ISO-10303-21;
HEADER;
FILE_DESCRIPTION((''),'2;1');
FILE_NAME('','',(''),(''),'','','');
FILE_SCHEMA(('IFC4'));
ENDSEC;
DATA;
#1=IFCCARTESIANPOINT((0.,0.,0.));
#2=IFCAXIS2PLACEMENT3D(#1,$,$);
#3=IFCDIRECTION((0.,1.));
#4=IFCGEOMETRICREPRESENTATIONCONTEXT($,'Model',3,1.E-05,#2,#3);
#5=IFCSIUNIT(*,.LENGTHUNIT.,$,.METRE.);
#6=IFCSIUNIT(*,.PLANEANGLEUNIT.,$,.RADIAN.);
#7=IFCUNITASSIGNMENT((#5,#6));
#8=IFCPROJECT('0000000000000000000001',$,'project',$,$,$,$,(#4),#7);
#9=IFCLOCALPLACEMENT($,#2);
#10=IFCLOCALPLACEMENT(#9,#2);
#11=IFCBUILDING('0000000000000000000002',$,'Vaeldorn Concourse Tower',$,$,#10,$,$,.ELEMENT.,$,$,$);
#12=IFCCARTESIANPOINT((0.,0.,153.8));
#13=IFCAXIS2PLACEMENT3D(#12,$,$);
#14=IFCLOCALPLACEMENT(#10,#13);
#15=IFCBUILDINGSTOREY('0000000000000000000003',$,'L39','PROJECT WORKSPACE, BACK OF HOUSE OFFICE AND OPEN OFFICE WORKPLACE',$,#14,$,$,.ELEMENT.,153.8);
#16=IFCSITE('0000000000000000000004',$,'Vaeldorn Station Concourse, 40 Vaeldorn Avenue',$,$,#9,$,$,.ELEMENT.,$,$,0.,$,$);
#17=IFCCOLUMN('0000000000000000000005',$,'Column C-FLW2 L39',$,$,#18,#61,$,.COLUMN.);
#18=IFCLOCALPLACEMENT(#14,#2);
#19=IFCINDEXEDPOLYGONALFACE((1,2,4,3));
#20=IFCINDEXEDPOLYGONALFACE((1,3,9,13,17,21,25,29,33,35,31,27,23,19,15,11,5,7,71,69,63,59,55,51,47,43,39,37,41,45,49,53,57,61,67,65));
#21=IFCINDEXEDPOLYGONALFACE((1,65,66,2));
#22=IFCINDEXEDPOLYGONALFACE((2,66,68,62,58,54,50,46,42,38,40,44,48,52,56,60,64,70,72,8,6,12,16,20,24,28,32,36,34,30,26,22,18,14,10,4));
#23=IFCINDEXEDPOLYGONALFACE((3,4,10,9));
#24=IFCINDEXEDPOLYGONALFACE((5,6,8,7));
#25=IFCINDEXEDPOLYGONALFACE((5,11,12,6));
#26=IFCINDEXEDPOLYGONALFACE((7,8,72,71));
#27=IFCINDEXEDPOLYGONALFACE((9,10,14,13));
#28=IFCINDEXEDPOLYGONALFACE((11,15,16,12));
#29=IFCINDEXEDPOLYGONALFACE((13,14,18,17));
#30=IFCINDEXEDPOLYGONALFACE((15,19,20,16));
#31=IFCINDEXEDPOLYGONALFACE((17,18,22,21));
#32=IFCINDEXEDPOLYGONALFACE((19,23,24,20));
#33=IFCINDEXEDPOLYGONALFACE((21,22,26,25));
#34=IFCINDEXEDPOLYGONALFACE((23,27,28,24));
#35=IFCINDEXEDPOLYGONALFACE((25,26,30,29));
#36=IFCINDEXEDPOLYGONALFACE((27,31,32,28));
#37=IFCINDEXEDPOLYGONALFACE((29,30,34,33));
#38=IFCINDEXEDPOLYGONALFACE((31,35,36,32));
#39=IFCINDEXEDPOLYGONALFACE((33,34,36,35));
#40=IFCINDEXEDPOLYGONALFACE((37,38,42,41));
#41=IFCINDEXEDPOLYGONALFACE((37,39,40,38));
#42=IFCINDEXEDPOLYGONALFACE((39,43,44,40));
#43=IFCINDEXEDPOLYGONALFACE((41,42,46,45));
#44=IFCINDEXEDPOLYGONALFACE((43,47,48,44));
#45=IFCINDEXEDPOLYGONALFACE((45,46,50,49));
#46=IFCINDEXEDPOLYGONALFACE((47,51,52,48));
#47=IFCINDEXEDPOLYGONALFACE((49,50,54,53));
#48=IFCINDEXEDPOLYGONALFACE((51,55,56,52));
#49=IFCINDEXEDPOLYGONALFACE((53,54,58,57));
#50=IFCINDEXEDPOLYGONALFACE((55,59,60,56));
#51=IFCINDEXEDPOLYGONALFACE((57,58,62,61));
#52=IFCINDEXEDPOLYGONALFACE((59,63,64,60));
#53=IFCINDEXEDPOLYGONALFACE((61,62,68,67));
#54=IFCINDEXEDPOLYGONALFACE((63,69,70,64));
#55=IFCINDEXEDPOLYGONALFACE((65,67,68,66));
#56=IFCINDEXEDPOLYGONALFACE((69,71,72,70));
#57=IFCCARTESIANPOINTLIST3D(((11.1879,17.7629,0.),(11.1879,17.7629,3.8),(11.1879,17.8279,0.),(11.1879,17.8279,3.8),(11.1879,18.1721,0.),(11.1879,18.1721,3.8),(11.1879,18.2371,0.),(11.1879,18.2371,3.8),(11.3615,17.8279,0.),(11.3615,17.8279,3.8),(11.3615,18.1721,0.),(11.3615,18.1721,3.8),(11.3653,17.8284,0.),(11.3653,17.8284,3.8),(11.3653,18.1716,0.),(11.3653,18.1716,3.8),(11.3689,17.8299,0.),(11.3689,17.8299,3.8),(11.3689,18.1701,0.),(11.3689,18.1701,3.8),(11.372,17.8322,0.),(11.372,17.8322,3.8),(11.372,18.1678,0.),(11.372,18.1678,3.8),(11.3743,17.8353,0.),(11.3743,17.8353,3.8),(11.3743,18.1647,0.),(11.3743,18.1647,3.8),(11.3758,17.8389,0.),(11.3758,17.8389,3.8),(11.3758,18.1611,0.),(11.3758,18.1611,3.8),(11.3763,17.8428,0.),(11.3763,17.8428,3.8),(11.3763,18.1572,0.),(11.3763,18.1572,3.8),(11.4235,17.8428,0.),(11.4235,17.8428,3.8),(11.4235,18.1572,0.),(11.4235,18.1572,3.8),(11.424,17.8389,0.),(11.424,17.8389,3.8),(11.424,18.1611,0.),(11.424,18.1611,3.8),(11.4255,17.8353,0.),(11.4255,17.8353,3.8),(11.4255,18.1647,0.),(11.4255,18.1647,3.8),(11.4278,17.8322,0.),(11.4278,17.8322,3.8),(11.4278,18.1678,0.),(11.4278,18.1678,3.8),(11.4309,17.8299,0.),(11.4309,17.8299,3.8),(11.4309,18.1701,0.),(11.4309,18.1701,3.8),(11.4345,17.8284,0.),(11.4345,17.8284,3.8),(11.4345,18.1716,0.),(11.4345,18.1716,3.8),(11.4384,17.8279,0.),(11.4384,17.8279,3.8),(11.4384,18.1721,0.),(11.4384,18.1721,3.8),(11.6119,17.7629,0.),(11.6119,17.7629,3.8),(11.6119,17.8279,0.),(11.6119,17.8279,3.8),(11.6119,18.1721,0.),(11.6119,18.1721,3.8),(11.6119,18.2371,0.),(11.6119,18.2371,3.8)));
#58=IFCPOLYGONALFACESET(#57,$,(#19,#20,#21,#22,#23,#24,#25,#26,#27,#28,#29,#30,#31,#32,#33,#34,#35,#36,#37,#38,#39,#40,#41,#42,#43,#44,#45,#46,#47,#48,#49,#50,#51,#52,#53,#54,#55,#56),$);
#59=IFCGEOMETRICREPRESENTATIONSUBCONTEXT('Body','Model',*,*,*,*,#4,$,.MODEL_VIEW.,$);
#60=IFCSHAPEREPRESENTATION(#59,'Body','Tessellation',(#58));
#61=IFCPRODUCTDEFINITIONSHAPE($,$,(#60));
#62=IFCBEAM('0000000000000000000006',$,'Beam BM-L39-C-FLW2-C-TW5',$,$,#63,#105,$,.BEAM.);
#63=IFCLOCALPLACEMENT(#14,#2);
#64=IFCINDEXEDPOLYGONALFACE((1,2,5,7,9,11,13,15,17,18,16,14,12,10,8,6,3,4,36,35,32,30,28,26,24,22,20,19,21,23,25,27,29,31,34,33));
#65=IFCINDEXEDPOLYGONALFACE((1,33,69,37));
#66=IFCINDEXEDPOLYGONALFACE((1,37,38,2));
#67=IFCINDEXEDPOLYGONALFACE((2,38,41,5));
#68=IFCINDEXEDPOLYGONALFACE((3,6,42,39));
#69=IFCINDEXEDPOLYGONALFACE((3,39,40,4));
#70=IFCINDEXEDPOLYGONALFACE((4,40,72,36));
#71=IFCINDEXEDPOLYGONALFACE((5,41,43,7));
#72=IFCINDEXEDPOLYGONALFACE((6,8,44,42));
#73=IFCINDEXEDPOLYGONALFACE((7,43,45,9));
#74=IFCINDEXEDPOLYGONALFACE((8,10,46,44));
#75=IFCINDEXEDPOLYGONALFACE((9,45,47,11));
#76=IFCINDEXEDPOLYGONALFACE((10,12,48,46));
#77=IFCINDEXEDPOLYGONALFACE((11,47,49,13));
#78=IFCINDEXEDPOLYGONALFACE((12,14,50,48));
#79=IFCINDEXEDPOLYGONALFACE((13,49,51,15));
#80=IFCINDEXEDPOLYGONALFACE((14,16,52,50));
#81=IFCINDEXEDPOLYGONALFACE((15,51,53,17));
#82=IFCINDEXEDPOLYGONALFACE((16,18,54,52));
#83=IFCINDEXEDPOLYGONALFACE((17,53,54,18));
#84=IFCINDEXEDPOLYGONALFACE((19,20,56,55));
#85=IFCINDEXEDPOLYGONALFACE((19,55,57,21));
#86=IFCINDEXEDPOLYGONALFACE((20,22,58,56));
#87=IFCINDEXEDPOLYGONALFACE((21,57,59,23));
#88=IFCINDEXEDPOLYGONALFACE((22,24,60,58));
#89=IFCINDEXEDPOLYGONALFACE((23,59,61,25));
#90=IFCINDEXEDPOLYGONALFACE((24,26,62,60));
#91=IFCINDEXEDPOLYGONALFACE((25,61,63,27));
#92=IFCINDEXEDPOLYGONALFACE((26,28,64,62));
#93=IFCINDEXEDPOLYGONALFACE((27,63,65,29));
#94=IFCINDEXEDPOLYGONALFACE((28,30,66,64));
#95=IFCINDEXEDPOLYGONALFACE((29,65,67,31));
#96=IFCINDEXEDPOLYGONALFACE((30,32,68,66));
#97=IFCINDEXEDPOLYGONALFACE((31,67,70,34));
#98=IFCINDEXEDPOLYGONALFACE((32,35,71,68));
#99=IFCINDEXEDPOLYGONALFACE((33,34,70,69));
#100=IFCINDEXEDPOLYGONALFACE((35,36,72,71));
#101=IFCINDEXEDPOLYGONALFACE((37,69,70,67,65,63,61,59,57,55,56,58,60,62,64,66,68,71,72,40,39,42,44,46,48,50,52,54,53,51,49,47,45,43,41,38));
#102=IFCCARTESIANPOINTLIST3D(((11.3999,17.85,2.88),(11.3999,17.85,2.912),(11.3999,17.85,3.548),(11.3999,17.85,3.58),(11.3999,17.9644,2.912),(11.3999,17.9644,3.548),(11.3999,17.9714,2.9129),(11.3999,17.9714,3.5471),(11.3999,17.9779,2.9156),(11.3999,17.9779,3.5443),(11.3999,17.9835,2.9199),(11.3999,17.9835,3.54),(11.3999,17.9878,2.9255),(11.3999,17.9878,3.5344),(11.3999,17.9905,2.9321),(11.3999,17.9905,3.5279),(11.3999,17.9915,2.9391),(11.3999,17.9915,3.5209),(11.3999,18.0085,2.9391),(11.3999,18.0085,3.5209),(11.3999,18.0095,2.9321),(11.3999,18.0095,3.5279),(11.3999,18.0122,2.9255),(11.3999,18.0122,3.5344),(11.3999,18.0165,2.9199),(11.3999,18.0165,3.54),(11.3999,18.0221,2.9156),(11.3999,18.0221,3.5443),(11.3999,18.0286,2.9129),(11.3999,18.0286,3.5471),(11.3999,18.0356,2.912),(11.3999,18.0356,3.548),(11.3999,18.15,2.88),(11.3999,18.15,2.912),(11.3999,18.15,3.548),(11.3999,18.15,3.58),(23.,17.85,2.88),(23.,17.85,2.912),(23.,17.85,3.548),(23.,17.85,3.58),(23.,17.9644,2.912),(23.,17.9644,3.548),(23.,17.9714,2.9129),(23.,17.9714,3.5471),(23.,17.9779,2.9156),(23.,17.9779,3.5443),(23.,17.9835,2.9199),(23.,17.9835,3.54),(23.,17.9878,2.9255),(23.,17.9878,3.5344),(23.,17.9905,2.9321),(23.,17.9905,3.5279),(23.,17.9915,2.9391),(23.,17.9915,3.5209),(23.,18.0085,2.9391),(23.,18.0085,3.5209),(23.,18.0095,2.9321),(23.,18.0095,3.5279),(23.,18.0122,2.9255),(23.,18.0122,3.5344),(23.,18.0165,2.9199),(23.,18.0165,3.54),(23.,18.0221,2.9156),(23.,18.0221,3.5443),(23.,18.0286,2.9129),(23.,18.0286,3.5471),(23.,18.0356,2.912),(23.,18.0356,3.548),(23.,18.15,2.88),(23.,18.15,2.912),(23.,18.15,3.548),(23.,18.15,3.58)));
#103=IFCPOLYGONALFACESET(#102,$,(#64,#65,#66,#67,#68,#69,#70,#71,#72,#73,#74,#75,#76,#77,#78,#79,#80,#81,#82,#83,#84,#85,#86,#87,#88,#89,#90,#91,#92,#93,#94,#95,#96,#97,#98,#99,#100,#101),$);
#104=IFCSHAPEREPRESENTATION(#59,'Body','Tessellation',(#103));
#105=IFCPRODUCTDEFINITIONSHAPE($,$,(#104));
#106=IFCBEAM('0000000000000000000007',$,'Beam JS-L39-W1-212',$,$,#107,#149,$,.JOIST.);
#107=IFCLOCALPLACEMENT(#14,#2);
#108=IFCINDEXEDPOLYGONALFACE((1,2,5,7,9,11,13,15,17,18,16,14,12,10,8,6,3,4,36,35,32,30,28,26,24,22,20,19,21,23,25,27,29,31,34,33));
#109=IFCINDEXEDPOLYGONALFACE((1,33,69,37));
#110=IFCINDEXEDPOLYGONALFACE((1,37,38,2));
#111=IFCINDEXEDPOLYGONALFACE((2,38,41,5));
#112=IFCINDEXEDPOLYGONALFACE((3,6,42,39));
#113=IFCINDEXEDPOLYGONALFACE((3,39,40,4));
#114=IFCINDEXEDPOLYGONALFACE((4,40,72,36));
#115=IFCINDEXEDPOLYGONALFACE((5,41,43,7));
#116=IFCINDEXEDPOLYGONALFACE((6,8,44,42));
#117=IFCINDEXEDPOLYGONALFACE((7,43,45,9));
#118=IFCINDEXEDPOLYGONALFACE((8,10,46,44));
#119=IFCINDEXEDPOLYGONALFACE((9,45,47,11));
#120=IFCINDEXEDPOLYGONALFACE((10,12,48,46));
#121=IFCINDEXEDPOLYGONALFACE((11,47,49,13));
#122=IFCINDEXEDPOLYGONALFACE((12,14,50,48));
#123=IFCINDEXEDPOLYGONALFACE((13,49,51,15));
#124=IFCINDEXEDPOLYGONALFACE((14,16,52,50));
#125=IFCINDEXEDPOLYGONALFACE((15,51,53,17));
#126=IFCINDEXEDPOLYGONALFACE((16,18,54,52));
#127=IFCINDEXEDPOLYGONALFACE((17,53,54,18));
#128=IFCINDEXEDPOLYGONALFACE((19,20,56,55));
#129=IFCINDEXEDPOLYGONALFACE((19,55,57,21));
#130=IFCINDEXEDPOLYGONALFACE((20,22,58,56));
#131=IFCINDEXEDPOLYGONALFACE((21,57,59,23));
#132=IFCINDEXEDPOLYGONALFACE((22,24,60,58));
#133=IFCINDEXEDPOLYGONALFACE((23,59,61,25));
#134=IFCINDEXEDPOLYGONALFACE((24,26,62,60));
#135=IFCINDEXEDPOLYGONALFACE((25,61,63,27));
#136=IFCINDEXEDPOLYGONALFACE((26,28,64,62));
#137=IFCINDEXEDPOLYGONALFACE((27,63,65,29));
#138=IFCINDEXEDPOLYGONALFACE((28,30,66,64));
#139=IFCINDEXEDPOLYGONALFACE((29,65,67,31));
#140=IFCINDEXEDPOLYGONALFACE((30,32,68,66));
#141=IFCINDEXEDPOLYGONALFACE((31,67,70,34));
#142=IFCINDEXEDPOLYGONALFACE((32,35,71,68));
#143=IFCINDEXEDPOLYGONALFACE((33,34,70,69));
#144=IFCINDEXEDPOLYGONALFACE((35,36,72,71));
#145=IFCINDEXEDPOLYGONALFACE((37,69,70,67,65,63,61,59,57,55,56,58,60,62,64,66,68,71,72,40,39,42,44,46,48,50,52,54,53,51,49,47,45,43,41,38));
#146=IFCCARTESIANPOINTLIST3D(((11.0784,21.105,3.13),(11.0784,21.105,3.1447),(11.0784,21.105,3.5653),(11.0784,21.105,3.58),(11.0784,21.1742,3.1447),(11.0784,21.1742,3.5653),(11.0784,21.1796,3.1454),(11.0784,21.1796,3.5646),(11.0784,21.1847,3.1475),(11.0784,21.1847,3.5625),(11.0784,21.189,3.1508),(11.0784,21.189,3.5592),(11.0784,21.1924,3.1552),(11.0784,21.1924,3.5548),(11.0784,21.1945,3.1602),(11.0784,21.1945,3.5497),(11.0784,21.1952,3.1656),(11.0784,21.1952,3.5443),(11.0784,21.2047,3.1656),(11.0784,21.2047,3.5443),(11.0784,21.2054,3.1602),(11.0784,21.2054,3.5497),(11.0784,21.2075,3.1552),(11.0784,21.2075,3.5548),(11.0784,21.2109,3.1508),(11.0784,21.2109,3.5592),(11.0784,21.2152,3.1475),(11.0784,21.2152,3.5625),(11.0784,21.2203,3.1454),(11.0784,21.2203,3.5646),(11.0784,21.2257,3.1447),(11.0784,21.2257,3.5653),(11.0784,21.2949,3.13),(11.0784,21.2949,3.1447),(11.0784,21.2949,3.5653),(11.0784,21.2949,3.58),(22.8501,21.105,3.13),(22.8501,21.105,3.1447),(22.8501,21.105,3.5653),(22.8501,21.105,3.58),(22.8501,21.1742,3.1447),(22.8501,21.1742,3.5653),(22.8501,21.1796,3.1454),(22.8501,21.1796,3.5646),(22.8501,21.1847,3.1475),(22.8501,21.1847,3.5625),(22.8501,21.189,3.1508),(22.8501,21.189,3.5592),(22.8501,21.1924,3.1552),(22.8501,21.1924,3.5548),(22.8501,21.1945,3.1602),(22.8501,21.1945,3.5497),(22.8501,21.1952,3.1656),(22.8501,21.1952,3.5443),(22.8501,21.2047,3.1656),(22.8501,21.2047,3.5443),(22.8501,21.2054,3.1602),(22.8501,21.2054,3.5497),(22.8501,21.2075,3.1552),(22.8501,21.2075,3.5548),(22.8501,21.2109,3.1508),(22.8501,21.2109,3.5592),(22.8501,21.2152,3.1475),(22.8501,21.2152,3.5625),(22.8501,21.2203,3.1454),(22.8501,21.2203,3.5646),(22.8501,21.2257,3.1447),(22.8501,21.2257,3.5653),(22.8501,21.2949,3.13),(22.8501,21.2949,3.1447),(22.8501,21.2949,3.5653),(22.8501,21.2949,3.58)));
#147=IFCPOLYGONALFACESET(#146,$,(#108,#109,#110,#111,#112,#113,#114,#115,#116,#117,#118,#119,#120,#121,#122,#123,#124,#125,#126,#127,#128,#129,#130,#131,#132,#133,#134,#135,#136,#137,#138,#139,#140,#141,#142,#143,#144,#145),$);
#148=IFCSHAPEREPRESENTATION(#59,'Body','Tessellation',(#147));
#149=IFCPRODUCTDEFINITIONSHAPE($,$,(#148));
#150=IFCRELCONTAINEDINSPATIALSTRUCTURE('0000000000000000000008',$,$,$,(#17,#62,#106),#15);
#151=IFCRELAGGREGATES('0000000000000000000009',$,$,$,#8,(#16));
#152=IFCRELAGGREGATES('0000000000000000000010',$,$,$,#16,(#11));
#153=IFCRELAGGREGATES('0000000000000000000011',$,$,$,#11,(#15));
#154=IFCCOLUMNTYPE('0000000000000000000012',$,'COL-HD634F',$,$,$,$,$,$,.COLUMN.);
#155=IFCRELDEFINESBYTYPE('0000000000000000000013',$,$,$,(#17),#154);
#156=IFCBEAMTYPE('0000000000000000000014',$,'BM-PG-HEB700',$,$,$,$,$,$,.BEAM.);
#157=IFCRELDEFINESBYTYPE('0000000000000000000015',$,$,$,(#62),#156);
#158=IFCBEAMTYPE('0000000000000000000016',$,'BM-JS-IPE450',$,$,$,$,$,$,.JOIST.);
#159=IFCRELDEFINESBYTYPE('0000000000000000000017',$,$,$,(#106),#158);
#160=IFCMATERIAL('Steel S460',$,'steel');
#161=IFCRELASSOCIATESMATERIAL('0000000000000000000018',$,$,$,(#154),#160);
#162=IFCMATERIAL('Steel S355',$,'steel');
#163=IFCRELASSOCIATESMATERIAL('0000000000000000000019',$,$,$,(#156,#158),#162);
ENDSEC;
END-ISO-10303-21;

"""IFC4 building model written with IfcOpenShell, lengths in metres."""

from ifc_helpers import new_model, si_unit, direction, frame, origin, origin_2d, place, context, subcontext, project, spatial, i_section, extrude, source, transform, mapped, material, material_profile, profile_set, type_object, element, save


model = new_model("IFC4")

# Units and contexts
model_context = context("Model", 3, precision=1e-05, world=origin(), true_north=direction((0.0, 1.0)))
body_context = subcontext(model_context, "Body", "Model", "MODEL_VIEW")
ifc_project = project(units=[si_unit("LENGTHUNIT", "METRE"), si_unit("PLANEANGLEUNIT", "RADIAN")], contexts=[model_context])

# Site, building, storey
site_placement = place(None, origin())
site = spatial("IfcSite", under=ifc_project, at=site_placement, Name="Vaeldorn Station Concourse, 40 Vaeldorn Avenue", CompositionType="ELEMENT", RefElevation=0.0)
building_placement = place(site_placement, origin())
building = spatial("IfcBuilding", under=site, at=building_placement, Name="Vaeldorn Concourse Tower", CompositionType="ELEMENT")
storey_placement = place(building_placement, frame((0.0, 0.0, 153.8)))
storey = spatial("IfcBuildingStorey", under=building, at=storey_placement, Name="L39", Description="PROJECT WORKSPACE, BACK OF HOUSE OFFICE AND OPEN OFFICE WORKPLACE", CompositionType="ELEMENT", Elevation=153.8)

# Column
ifc_material_1 = material(Name="Steel S460", Category="steel")
ifc_material_profile_1 = material_profile(ifc_material_1, i_section(OverallWidth=0.4241, OverallDepth=0.4741, WebThickness=0.0471, FlangeThickness=0.0649, FilletRadius=0.0149, at=origin_2d()), Name="HD 400x634")
ifc_profile_set_1 = profile_set([ifc_material_profile_1], Name="Steel S460")
column_type = type_object("IfcColumnType", Name="COL-HD634F", PredefinedType="COLUMN", material=ifc_profile_set_1)
shared_shape_1 = source(origin(), body_context, "Body", "SweptSolid", [
    extrude(i_section(OverallWidth=0.4241, OverallDepth=0.4741, WebThickness=0.0471, FlangeThickness=0.0649, FilletRadius=0.0149, at=origin_2d()), origin(), (0.0, 0.0, 1.0), 3.8),
])
column_placement = place(storey_placement, frame((11.3999, 18.0, 0.0), z_axis=(0.0, 0.0, 1.0), x_axis=(1.0, 0.0, 0.0)))
element("IfcColumn", 1, at=column_placement, inside=storey, type_object=column_type, Name="Column C-FLW2 L39", PredefinedType="COLUMN", context=body_context, shape_type="MappedRepresentation", body=[
    mapped(shared_shape_1, transform((0.0, 0.0, 0.0), scale=1.0)),
])

# Beams
ifc_material_2 = material(Name="Steel S355", Category="steel")
ifc_material_profile_2 = material_profile(ifc_material_2, i_section(OverallWidth=0.3, OverallDepth=0.7, WebThickness=0.0171, FlangeThickness=0.032, FilletRadius=0.0271, at=origin_2d()), Name="HEB 700")
ifc_profile_set_2 = profile_set([ifc_material_profile_2], Name="Steel S355")
beam_type_1 = type_object("IfcBeamType", Name="BM-PG-HEB700", PredefinedType="BEAM", material=ifc_profile_set_2)
shared_shape_2 = source(origin(), body_context, "Body", "SweptSolid", [
    extrude(i_section(OverallWidth=0.3, OverallDepth=0.7, WebThickness=0.0171, FlangeThickness=0.032, FilletRadius=0.0271, at=origin_2d()), origin(), (0.0, 0.0, 1.0), 11.6001),
])
beam_1_placement = place(storey_placement, frame((11.3999, 18.0, 3.23), z_axis=(1.0, 0.0, 0.0), x_axis=(0.0, 1.0, 0.0)))
element("IfcBeam", 2, at=beam_1_placement, inside=storey, type_object=beam_type_1, Name="Beam BM-L39-C-FLW2-C-TW5", PredefinedType="BEAM", context=body_context, shape_type="MappedRepresentation", body=[
    mapped(shared_shape_2, transform((0.0, 0.0, 0.0), scale=1.0)),
])
ifc_material_profile_3 = material_profile(ifc_material_2, i_section(OverallWidth=0.1899, OverallDepth=0.45, WebThickness=0.0095, FlangeThickness=0.0146, FilletRadius=0.021, at=origin_2d()), Name="IPE 450")
ifc_profile_set_3 = profile_set([ifc_material_profile_3], Name="Steel S355")
beam_type_2 = type_object("IfcBeamType", Name="BM-JS-IPE450", PredefinedType="JOIST", material=ifc_profile_set_3)
shared_shape_3 = source(origin(), body_context, "Body", "SweptSolid", [
    extrude(i_section(OverallWidth=0.1899, OverallDepth=0.45, WebThickness=0.0095, FlangeThickness=0.0146, FilletRadius=0.021, at=origin_2d()), origin(), (0.0, 0.0, 1.0), 11.7717),
])
beam_2_placement = place(storey_placement, frame((11.0784, 21.2, 3.355), z_axis=(1.0, 0.0, 0.0), x_axis=(0.0, 1.0, 0.0)))
element("IfcBeam", 3, at=beam_2_placement, inside=storey, type_object=beam_type_2, Name="Beam JS-L39-W1-212", PredefinedType="JOIST", context=body_context, shape_type="MappedRepresentation", body=[
    mapped(shared_shape_3, transform((0.0, 0.0, 0.0), scale=1.0)),
])

save(model, "model.ifc")
